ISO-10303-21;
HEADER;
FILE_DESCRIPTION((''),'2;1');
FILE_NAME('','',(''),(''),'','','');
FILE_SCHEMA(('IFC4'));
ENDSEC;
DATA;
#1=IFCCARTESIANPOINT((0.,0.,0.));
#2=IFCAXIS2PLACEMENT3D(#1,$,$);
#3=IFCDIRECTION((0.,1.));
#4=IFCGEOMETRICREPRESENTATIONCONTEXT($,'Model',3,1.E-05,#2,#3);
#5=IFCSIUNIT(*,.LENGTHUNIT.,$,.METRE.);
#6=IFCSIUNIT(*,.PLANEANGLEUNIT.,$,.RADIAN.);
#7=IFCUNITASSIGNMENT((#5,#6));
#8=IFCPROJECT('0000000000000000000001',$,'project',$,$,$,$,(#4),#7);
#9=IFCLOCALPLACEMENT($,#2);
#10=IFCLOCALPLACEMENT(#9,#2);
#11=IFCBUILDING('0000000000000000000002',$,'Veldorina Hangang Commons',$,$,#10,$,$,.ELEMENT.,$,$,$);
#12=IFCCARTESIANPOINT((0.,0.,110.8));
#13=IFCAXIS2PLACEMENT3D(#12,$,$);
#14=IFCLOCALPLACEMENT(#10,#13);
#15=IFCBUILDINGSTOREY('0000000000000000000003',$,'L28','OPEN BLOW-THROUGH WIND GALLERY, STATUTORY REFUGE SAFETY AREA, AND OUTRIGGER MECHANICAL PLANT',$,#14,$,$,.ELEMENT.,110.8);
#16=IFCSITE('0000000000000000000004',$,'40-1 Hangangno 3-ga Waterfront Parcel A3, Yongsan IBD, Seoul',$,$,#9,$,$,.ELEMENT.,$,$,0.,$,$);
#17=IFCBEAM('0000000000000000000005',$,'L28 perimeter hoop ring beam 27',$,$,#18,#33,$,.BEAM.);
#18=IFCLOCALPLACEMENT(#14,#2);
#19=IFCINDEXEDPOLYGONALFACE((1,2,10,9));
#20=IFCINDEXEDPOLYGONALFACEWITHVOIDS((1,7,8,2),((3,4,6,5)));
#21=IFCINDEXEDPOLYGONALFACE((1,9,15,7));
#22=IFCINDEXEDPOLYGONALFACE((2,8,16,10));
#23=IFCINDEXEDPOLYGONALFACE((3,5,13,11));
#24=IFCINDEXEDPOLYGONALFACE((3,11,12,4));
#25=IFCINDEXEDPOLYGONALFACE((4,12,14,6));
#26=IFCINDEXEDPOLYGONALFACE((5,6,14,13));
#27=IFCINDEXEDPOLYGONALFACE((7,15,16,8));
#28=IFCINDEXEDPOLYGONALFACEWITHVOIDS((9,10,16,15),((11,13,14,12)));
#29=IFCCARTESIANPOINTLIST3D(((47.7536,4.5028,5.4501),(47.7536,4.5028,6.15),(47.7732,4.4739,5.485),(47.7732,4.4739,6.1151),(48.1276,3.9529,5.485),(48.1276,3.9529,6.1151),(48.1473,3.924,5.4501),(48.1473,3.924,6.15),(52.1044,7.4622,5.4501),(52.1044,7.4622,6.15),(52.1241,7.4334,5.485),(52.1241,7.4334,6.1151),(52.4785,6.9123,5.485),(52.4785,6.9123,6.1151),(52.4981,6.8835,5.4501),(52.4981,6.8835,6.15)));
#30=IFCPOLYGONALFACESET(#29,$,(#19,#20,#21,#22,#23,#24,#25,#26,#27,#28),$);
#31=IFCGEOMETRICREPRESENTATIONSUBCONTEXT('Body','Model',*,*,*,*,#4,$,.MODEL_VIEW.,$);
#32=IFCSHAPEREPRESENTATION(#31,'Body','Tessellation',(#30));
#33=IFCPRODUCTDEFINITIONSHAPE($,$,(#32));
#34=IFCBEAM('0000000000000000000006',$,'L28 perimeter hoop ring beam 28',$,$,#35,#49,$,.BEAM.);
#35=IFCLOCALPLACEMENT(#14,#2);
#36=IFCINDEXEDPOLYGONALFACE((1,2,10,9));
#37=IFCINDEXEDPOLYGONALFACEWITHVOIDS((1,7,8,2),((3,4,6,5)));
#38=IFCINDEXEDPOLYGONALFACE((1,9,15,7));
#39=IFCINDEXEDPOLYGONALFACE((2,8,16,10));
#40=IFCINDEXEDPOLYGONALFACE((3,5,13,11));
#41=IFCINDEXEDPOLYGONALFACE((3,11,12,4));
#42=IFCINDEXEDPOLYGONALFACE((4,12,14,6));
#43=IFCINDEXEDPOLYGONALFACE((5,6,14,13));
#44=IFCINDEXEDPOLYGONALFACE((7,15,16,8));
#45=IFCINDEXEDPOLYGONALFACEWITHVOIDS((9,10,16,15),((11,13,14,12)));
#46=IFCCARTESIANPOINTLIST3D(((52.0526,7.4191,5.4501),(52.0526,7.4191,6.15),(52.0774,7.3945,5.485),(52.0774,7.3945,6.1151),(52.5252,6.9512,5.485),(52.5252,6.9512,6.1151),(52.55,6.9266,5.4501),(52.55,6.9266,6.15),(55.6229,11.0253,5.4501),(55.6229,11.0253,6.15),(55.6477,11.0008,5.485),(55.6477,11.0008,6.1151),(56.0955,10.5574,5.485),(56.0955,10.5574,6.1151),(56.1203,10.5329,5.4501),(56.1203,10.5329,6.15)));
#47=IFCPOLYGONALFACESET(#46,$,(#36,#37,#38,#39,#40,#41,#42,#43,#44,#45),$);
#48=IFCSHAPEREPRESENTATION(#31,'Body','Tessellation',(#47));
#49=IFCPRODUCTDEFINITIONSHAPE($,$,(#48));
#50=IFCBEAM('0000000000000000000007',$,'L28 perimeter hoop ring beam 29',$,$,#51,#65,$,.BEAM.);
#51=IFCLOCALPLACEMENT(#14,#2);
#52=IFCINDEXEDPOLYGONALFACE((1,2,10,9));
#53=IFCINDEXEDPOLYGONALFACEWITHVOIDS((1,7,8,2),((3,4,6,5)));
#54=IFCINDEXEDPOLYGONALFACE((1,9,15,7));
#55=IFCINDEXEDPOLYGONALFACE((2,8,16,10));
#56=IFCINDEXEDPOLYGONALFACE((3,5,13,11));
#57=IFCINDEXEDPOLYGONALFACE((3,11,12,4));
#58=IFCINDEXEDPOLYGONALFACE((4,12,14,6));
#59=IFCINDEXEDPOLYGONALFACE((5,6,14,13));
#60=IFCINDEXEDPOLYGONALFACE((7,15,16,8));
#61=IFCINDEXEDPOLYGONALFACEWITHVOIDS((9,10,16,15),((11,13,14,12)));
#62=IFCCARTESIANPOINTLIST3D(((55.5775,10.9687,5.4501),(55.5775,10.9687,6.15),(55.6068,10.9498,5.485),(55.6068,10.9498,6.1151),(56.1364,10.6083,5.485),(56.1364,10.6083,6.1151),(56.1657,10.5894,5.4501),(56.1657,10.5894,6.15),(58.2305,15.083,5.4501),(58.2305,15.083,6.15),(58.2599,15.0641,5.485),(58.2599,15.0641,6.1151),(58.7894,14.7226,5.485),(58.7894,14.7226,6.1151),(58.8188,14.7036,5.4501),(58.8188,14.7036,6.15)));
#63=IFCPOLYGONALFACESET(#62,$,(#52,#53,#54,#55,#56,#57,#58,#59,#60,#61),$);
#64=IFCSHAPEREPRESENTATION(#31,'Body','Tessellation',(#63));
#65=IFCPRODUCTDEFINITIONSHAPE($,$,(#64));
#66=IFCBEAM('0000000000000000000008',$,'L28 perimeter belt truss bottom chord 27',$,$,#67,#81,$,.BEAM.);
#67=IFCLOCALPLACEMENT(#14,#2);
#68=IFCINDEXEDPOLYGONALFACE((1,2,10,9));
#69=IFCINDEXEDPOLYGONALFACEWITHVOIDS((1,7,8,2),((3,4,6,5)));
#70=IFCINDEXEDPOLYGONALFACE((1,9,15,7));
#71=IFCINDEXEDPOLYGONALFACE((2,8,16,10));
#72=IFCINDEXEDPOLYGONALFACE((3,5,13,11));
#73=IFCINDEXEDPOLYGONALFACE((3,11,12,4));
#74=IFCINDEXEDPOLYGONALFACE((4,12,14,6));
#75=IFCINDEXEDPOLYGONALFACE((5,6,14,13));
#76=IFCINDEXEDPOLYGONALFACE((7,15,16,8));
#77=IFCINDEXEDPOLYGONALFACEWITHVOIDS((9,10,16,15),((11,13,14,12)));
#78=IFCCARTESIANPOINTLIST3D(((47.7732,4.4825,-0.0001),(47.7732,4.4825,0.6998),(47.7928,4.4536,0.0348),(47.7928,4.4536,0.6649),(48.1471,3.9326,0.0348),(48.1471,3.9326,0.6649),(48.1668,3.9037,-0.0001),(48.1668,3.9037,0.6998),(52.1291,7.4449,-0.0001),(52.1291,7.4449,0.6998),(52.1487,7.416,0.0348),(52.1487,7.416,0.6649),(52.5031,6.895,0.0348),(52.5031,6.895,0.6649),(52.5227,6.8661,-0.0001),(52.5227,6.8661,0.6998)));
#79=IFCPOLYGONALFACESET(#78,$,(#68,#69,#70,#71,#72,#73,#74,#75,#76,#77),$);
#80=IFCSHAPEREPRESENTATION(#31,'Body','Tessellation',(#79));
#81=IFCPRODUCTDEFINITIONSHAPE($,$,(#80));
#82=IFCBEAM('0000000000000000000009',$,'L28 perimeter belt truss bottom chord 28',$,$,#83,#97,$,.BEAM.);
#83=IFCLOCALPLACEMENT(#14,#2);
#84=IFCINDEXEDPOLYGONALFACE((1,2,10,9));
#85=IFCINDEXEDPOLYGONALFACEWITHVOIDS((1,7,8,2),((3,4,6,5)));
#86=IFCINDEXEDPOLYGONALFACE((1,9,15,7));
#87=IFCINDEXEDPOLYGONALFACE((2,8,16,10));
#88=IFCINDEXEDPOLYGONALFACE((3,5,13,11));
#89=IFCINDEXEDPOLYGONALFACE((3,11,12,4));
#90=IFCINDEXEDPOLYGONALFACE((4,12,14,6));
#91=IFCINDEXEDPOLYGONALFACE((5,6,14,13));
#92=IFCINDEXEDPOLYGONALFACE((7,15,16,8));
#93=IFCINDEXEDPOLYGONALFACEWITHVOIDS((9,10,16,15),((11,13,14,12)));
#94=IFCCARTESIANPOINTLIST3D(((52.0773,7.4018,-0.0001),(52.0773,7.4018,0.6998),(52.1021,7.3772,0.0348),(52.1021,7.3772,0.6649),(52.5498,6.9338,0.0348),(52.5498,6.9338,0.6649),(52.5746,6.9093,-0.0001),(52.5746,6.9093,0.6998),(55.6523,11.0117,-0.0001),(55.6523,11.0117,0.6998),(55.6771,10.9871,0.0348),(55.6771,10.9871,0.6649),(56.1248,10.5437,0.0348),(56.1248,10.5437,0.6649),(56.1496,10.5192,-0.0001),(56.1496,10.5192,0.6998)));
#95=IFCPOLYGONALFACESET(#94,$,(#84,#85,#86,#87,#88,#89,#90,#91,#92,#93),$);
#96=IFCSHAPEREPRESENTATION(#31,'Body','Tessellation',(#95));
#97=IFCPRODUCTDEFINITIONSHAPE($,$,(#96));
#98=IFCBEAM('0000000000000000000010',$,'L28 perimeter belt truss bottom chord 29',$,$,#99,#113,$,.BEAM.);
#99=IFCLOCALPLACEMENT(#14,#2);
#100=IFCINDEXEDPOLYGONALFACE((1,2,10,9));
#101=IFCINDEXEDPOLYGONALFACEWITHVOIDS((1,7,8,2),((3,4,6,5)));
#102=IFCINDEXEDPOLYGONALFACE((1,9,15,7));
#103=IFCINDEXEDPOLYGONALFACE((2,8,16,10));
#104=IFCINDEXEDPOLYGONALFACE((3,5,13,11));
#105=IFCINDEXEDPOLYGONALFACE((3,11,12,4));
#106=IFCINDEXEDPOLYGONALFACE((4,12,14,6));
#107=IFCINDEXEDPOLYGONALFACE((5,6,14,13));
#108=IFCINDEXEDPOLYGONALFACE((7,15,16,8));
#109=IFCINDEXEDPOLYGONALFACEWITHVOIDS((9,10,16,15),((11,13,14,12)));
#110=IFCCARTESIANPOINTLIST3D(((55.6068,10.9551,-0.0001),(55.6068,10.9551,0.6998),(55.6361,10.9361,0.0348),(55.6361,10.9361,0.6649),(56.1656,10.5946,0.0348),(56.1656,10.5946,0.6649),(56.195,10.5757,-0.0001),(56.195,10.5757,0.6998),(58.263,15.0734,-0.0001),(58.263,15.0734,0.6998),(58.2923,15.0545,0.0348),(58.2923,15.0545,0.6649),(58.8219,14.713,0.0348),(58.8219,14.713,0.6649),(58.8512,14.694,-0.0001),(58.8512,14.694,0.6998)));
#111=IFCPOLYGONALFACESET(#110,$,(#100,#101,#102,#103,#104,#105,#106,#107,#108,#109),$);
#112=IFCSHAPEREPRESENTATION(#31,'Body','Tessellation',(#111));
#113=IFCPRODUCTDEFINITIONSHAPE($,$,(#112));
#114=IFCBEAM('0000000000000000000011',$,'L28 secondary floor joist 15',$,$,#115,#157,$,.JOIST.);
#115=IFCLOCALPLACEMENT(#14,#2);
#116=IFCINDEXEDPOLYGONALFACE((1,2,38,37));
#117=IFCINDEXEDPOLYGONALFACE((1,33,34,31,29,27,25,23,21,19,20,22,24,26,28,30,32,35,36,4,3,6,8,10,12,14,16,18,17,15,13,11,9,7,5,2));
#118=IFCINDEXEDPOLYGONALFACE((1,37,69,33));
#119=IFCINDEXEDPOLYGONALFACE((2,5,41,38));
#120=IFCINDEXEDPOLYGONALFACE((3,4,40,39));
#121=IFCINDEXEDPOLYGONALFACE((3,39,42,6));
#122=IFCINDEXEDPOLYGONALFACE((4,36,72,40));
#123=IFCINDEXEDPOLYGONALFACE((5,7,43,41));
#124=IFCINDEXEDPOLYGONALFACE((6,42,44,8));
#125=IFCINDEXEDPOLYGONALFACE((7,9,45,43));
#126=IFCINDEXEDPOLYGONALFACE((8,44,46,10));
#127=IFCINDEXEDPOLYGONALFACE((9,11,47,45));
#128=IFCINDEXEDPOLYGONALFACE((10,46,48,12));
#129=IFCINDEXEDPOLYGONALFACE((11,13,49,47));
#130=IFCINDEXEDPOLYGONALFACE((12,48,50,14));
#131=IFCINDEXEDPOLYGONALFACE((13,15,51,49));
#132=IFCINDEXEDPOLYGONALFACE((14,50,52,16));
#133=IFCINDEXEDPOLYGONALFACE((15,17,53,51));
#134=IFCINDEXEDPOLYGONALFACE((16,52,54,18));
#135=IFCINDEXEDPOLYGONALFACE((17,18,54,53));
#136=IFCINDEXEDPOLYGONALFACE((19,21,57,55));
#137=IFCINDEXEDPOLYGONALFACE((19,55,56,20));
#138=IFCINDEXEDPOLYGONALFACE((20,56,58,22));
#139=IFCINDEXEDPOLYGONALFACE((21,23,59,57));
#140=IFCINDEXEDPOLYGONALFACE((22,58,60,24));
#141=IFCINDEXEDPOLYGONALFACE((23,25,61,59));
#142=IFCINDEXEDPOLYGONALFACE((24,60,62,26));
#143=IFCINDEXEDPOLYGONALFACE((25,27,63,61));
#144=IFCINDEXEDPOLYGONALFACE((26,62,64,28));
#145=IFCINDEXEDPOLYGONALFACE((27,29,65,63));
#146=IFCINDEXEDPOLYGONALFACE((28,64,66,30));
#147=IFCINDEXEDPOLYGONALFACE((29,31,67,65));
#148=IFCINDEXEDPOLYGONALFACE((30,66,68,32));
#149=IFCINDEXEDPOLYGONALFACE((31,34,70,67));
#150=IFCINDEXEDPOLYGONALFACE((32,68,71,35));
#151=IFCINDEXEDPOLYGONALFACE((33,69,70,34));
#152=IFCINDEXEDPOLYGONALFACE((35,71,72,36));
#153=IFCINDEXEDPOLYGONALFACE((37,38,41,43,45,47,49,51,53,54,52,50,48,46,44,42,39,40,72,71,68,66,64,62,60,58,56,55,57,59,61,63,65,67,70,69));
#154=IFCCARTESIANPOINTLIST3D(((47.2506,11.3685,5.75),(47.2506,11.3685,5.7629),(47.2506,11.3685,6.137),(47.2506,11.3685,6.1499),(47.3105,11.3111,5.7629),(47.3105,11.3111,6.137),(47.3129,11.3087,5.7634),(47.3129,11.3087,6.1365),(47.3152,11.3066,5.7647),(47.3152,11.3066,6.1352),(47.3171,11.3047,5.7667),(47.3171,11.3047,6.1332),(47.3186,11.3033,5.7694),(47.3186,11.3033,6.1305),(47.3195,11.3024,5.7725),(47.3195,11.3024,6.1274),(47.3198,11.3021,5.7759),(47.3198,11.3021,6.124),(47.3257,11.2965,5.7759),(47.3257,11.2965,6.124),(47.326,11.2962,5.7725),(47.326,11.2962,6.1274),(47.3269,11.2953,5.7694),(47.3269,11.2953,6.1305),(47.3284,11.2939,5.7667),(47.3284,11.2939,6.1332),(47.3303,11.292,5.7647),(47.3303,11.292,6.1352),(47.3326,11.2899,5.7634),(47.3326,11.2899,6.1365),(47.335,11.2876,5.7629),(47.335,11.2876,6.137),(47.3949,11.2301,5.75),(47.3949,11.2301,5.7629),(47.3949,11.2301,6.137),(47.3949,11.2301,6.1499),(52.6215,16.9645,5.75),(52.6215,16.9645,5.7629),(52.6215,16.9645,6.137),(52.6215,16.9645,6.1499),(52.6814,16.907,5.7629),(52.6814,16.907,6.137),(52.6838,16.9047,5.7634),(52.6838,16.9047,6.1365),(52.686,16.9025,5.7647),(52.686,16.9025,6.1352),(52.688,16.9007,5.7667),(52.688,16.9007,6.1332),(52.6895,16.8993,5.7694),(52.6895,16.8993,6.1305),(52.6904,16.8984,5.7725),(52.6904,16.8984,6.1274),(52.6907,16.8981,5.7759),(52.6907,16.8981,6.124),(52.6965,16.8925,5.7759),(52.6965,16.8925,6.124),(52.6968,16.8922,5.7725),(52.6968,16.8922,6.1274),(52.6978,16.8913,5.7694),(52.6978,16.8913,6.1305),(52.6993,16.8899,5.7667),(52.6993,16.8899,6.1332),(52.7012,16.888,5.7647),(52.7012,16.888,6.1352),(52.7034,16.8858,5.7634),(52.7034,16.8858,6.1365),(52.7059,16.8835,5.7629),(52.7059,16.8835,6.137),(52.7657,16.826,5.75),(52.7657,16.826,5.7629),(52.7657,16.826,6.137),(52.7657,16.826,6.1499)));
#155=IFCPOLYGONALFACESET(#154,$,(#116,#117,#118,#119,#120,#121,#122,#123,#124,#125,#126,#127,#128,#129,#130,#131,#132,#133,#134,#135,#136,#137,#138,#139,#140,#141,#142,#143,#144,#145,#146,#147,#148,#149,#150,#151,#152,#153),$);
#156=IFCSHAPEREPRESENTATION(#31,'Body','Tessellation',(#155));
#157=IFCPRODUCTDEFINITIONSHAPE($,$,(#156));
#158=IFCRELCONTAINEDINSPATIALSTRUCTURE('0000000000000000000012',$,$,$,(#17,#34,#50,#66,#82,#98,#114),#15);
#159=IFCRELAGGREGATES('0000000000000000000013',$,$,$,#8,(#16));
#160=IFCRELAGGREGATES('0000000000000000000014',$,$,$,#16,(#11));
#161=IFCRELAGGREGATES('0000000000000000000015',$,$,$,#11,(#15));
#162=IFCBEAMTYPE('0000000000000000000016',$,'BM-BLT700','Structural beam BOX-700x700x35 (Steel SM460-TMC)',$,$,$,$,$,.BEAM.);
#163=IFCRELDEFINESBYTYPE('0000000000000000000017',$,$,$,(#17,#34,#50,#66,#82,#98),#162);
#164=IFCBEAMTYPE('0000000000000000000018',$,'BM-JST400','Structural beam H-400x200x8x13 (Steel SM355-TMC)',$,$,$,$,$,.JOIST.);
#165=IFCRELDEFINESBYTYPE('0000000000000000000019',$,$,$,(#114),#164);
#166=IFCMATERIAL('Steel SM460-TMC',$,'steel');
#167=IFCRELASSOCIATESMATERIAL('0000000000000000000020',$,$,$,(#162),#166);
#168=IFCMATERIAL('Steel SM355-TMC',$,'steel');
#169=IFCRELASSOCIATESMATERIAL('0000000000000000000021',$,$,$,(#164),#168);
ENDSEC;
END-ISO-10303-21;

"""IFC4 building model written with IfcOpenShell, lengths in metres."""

from ifc_helpers import new_model, si_unit, direction, frame, origin, origin_2d, place, context, subcontext, project, spatial, hollow_rectangle, i_section, extrude, material, material_profile, profile_set, type_object, element, save


model = new_model("IFC4")

# Units and contexts
model_context = context("Model", 3, precision=1e-05, world=origin(), true_north=direction((0.0, 1.0)))
body_context = subcontext(model_context, "Body", "Model", "MODEL_VIEW")
ifc_project = project(units=[si_unit("LENGTHUNIT", "METRE"), si_unit("PLANEANGLEUNIT", "RADIAN")], contexts=[model_context])

# Site, building, storey
site_placement = place(None, origin())
site = spatial("IfcSite", under=ifc_project, at=site_placement, Name="40-1 Hangangno 3-ga Waterfront Parcel A3, Yongsan IBD, Seoul", CompositionType="ELEMENT", RefElevation=0.0)
building_placement = place(site_placement, origin())
building = spatial("IfcBuilding", under=site, at=building_placement, Name="Veldorina Hangang Commons", CompositionType="ELEMENT")
storey_placement = place(building_placement, frame((0.0, 0.0, 110.8)))
storey = spatial("IfcBuildingStorey", under=building, at=storey_placement, Name="L28", Description="OPEN BLOW-THROUGH WIND GALLERY, STATUTORY REFUGE SAFETY AREA, AND OUTRIGGER MECHANICAL PLANT", CompositionType="ELEMENT", Elevation=110.8)

# Beams
ifc_material_1 = material(Name="Steel SM460-TMC", Category="steel")
ifc_material_profile_1 = material_profile(ifc_material_1, hollow_rectangle(XDim=0.7, YDim=0.7, WallThickness=0.0349, at=origin_2d()), Name="BOX-700x700x35")
ifc_profile_set_1 = profile_set([ifc_material_profile_1], Name="Steel SM460-TMC")
beam_type_1 = type_object("IfcBeamType", Name="BM-BLT700", Description="Structural beam BOX-700x700x35 (Steel SM460-TMC)", PredefinedType="BEAM", material=ifc_profile_set_1)
beam_1_placement = place(storey_placement, frame((47.9504, 4.2134, 5.8), z_axis=(0.826846, 0.562428, 0.0), x_axis=(-0.562428, 0.826846, 0.0)))
element("IfcBeam", 1, at=beam_1_placement, inside=storey, type_object=beam_type_1, Name="L28 perimeter hoop ring beam 27", PredefinedType="BEAM", context=body_context, shape_type="SweptSolid", body=[
    extrude(hollow_rectangle(XDim=0.7, YDim=0.7, WallThickness=0.0349, at=origin_2d()), origin(), (0.0, 0.0, 1.0), 5.262),
])
beam_2_placement = place(storey_placement, frame((52.3013, 7.1729, 5.8), z_axis=(0.703562, 0.710634, 0.0), x_axis=(-0.710634, 0.703562, 0.0)))
element("IfcBeam", 2, at=beam_2_placement, inside=storey, type_object=beam_type_1, Name="L28 perimeter hoop ring beam 28", PredefinedType="BEAM", context=body_context, shape_type="SweptSolid", body=[
    extrude(hollow_rectangle(XDim=0.7, YDim=0.7, WallThickness=0.0349, at=origin_2d()), origin(), (0.0, 0.0, 1.0), 5.0747),
])
beam_3_placement = place(storey_placement, frame((55.8716, 10.7791, 5.8), z_axis=(0.541942, 0.840416, 0.0), x_axis=(-0.840416, 0.541942, 0.0)))
element("IfcBeam", 3, at=beam_3_placement, inside=storey, type_object=beam_type_1, Name="L28 perimeter hoop ring beam 29", PredefinedType="BEAM", context=body_context, shape_type="SweptSolid", body=[
    extrude(hollow_rectangle(XDim=0.7, YDim=0.7, WallThickness=0.0349, at=origin_2d()), origin(), (0.0, 0.0, 1.0), 4.8955),
])
beam_4_placement = place(storey_placement, frame((47.97, 4.1931, 0.3499), z_axis=(0.826895, 0.562356, 0.0), x_axis=(-0.562356, 0.826895, 0.0)))
element("IfcBeam", 4, at=beam_4_placement, inside=storey, type_object=beam_type_1, Name="L28 perimeter belt truss bottom chord 27", PredefinedType="BEAM", context=body_context, shape_type="SweptSolid", body=[
    extrude(hollow_rectangle(XDim=0.7, YDim=0.7, WallThickness=0.0349, at=origin_2d()), origin(), (0.0, 0.0, 1.0), 5.2678),
])
beam_5_placement = place(storey_placement, frame((52.3259, 7.1555, 0.3499), z_axis=(0.703663, 0.710534, 0.0), x_axis=(-0.710534, 0.703663, 0.0)))
element("IfcBeam", 5, at=beam_5_placement, inside=storey, type_object=beam_type_1, Name="L28 perimeter belt truss bottom chord 28", PredefinedType="BEAM", context=body_context, shape_type="SweptSolid", body=[
    extrude(hollow_rectangle(XDim=0.7, YDim=0.7, WallThickness=0.0349, at=origin_2d()), origin(), (0.0, 0.0, 1.0), 5.0806),
])
beam_6_placement = place(storey_placement, frame((55.9009, 10.7654, 0.3499), z_axis=(0.542013, 0.84037, 0.0), x_axis=(-0.84037, 0.542013, 0.0)))
element("IfcBeam", 6, at=beam_6_placement, inside=storey, type_object=beam_type_1, Name="L28 perimeter belt truss bottom chord 29", PredefinedType="BEAM", context=body_context, shape_type="SweptSolid", body=[
    extrude(hollow_rectangle(XDim=0.7, YDim=0.7, WallThickness=0.0349, at=origin_2d()), origin(), (0.0, 0.0, 1.0), 4.9006),
])
ifc_material_2 = material(Name="Steel SM355-TMC", Category="steel")
ifc_material_profile_2 = material_profile(ifc_material_2, i_section(OverallWidth=0.2, OverallDepth=0.3999, WebThickness=0.0081, FlangeThickness=0.0129, FilletRadius=0.0129, at=origin_2d()), Name="H-400x200x8x13")
ifc_profile_set_2 = profile_set([ifc_material_profile_2], Name="Steel SM355-TMC")
beam_type_2 = type_object("IfcBeamType", Name="BM-JST400", Description="Structural beam H-400x200x8x13 (Steel SM355-TMC)", PredefinedType="JOIST", material=ifc_profile_set_2)
beam_7_placement = place(storey_placement, frame((47.3228, 11.2993, 5.95), z_axis=(0.692447, 0.721468, 0.0), x_axis=(-0.721468, 0.692447, 0.0)))
element("IfcBeam", 7, at=beam_7_placement, inside=storey, type_object=beam_type_2, Name="L28 secondary floor joist 15", PredefinedType="JOIST", context=body_context, shape_type="SweptSolid", body=[
    extrude(i_section(OverallWidth=0.2, OverallDepth=0.3999, WebThickness=0.0081, FlangeThickness=0.0129, FilletRadius=0.0129, at=origin_2d()), origin(), (0.0, 0.0, 1.0), 7.7563),
])

save(model, "model.ifc")
